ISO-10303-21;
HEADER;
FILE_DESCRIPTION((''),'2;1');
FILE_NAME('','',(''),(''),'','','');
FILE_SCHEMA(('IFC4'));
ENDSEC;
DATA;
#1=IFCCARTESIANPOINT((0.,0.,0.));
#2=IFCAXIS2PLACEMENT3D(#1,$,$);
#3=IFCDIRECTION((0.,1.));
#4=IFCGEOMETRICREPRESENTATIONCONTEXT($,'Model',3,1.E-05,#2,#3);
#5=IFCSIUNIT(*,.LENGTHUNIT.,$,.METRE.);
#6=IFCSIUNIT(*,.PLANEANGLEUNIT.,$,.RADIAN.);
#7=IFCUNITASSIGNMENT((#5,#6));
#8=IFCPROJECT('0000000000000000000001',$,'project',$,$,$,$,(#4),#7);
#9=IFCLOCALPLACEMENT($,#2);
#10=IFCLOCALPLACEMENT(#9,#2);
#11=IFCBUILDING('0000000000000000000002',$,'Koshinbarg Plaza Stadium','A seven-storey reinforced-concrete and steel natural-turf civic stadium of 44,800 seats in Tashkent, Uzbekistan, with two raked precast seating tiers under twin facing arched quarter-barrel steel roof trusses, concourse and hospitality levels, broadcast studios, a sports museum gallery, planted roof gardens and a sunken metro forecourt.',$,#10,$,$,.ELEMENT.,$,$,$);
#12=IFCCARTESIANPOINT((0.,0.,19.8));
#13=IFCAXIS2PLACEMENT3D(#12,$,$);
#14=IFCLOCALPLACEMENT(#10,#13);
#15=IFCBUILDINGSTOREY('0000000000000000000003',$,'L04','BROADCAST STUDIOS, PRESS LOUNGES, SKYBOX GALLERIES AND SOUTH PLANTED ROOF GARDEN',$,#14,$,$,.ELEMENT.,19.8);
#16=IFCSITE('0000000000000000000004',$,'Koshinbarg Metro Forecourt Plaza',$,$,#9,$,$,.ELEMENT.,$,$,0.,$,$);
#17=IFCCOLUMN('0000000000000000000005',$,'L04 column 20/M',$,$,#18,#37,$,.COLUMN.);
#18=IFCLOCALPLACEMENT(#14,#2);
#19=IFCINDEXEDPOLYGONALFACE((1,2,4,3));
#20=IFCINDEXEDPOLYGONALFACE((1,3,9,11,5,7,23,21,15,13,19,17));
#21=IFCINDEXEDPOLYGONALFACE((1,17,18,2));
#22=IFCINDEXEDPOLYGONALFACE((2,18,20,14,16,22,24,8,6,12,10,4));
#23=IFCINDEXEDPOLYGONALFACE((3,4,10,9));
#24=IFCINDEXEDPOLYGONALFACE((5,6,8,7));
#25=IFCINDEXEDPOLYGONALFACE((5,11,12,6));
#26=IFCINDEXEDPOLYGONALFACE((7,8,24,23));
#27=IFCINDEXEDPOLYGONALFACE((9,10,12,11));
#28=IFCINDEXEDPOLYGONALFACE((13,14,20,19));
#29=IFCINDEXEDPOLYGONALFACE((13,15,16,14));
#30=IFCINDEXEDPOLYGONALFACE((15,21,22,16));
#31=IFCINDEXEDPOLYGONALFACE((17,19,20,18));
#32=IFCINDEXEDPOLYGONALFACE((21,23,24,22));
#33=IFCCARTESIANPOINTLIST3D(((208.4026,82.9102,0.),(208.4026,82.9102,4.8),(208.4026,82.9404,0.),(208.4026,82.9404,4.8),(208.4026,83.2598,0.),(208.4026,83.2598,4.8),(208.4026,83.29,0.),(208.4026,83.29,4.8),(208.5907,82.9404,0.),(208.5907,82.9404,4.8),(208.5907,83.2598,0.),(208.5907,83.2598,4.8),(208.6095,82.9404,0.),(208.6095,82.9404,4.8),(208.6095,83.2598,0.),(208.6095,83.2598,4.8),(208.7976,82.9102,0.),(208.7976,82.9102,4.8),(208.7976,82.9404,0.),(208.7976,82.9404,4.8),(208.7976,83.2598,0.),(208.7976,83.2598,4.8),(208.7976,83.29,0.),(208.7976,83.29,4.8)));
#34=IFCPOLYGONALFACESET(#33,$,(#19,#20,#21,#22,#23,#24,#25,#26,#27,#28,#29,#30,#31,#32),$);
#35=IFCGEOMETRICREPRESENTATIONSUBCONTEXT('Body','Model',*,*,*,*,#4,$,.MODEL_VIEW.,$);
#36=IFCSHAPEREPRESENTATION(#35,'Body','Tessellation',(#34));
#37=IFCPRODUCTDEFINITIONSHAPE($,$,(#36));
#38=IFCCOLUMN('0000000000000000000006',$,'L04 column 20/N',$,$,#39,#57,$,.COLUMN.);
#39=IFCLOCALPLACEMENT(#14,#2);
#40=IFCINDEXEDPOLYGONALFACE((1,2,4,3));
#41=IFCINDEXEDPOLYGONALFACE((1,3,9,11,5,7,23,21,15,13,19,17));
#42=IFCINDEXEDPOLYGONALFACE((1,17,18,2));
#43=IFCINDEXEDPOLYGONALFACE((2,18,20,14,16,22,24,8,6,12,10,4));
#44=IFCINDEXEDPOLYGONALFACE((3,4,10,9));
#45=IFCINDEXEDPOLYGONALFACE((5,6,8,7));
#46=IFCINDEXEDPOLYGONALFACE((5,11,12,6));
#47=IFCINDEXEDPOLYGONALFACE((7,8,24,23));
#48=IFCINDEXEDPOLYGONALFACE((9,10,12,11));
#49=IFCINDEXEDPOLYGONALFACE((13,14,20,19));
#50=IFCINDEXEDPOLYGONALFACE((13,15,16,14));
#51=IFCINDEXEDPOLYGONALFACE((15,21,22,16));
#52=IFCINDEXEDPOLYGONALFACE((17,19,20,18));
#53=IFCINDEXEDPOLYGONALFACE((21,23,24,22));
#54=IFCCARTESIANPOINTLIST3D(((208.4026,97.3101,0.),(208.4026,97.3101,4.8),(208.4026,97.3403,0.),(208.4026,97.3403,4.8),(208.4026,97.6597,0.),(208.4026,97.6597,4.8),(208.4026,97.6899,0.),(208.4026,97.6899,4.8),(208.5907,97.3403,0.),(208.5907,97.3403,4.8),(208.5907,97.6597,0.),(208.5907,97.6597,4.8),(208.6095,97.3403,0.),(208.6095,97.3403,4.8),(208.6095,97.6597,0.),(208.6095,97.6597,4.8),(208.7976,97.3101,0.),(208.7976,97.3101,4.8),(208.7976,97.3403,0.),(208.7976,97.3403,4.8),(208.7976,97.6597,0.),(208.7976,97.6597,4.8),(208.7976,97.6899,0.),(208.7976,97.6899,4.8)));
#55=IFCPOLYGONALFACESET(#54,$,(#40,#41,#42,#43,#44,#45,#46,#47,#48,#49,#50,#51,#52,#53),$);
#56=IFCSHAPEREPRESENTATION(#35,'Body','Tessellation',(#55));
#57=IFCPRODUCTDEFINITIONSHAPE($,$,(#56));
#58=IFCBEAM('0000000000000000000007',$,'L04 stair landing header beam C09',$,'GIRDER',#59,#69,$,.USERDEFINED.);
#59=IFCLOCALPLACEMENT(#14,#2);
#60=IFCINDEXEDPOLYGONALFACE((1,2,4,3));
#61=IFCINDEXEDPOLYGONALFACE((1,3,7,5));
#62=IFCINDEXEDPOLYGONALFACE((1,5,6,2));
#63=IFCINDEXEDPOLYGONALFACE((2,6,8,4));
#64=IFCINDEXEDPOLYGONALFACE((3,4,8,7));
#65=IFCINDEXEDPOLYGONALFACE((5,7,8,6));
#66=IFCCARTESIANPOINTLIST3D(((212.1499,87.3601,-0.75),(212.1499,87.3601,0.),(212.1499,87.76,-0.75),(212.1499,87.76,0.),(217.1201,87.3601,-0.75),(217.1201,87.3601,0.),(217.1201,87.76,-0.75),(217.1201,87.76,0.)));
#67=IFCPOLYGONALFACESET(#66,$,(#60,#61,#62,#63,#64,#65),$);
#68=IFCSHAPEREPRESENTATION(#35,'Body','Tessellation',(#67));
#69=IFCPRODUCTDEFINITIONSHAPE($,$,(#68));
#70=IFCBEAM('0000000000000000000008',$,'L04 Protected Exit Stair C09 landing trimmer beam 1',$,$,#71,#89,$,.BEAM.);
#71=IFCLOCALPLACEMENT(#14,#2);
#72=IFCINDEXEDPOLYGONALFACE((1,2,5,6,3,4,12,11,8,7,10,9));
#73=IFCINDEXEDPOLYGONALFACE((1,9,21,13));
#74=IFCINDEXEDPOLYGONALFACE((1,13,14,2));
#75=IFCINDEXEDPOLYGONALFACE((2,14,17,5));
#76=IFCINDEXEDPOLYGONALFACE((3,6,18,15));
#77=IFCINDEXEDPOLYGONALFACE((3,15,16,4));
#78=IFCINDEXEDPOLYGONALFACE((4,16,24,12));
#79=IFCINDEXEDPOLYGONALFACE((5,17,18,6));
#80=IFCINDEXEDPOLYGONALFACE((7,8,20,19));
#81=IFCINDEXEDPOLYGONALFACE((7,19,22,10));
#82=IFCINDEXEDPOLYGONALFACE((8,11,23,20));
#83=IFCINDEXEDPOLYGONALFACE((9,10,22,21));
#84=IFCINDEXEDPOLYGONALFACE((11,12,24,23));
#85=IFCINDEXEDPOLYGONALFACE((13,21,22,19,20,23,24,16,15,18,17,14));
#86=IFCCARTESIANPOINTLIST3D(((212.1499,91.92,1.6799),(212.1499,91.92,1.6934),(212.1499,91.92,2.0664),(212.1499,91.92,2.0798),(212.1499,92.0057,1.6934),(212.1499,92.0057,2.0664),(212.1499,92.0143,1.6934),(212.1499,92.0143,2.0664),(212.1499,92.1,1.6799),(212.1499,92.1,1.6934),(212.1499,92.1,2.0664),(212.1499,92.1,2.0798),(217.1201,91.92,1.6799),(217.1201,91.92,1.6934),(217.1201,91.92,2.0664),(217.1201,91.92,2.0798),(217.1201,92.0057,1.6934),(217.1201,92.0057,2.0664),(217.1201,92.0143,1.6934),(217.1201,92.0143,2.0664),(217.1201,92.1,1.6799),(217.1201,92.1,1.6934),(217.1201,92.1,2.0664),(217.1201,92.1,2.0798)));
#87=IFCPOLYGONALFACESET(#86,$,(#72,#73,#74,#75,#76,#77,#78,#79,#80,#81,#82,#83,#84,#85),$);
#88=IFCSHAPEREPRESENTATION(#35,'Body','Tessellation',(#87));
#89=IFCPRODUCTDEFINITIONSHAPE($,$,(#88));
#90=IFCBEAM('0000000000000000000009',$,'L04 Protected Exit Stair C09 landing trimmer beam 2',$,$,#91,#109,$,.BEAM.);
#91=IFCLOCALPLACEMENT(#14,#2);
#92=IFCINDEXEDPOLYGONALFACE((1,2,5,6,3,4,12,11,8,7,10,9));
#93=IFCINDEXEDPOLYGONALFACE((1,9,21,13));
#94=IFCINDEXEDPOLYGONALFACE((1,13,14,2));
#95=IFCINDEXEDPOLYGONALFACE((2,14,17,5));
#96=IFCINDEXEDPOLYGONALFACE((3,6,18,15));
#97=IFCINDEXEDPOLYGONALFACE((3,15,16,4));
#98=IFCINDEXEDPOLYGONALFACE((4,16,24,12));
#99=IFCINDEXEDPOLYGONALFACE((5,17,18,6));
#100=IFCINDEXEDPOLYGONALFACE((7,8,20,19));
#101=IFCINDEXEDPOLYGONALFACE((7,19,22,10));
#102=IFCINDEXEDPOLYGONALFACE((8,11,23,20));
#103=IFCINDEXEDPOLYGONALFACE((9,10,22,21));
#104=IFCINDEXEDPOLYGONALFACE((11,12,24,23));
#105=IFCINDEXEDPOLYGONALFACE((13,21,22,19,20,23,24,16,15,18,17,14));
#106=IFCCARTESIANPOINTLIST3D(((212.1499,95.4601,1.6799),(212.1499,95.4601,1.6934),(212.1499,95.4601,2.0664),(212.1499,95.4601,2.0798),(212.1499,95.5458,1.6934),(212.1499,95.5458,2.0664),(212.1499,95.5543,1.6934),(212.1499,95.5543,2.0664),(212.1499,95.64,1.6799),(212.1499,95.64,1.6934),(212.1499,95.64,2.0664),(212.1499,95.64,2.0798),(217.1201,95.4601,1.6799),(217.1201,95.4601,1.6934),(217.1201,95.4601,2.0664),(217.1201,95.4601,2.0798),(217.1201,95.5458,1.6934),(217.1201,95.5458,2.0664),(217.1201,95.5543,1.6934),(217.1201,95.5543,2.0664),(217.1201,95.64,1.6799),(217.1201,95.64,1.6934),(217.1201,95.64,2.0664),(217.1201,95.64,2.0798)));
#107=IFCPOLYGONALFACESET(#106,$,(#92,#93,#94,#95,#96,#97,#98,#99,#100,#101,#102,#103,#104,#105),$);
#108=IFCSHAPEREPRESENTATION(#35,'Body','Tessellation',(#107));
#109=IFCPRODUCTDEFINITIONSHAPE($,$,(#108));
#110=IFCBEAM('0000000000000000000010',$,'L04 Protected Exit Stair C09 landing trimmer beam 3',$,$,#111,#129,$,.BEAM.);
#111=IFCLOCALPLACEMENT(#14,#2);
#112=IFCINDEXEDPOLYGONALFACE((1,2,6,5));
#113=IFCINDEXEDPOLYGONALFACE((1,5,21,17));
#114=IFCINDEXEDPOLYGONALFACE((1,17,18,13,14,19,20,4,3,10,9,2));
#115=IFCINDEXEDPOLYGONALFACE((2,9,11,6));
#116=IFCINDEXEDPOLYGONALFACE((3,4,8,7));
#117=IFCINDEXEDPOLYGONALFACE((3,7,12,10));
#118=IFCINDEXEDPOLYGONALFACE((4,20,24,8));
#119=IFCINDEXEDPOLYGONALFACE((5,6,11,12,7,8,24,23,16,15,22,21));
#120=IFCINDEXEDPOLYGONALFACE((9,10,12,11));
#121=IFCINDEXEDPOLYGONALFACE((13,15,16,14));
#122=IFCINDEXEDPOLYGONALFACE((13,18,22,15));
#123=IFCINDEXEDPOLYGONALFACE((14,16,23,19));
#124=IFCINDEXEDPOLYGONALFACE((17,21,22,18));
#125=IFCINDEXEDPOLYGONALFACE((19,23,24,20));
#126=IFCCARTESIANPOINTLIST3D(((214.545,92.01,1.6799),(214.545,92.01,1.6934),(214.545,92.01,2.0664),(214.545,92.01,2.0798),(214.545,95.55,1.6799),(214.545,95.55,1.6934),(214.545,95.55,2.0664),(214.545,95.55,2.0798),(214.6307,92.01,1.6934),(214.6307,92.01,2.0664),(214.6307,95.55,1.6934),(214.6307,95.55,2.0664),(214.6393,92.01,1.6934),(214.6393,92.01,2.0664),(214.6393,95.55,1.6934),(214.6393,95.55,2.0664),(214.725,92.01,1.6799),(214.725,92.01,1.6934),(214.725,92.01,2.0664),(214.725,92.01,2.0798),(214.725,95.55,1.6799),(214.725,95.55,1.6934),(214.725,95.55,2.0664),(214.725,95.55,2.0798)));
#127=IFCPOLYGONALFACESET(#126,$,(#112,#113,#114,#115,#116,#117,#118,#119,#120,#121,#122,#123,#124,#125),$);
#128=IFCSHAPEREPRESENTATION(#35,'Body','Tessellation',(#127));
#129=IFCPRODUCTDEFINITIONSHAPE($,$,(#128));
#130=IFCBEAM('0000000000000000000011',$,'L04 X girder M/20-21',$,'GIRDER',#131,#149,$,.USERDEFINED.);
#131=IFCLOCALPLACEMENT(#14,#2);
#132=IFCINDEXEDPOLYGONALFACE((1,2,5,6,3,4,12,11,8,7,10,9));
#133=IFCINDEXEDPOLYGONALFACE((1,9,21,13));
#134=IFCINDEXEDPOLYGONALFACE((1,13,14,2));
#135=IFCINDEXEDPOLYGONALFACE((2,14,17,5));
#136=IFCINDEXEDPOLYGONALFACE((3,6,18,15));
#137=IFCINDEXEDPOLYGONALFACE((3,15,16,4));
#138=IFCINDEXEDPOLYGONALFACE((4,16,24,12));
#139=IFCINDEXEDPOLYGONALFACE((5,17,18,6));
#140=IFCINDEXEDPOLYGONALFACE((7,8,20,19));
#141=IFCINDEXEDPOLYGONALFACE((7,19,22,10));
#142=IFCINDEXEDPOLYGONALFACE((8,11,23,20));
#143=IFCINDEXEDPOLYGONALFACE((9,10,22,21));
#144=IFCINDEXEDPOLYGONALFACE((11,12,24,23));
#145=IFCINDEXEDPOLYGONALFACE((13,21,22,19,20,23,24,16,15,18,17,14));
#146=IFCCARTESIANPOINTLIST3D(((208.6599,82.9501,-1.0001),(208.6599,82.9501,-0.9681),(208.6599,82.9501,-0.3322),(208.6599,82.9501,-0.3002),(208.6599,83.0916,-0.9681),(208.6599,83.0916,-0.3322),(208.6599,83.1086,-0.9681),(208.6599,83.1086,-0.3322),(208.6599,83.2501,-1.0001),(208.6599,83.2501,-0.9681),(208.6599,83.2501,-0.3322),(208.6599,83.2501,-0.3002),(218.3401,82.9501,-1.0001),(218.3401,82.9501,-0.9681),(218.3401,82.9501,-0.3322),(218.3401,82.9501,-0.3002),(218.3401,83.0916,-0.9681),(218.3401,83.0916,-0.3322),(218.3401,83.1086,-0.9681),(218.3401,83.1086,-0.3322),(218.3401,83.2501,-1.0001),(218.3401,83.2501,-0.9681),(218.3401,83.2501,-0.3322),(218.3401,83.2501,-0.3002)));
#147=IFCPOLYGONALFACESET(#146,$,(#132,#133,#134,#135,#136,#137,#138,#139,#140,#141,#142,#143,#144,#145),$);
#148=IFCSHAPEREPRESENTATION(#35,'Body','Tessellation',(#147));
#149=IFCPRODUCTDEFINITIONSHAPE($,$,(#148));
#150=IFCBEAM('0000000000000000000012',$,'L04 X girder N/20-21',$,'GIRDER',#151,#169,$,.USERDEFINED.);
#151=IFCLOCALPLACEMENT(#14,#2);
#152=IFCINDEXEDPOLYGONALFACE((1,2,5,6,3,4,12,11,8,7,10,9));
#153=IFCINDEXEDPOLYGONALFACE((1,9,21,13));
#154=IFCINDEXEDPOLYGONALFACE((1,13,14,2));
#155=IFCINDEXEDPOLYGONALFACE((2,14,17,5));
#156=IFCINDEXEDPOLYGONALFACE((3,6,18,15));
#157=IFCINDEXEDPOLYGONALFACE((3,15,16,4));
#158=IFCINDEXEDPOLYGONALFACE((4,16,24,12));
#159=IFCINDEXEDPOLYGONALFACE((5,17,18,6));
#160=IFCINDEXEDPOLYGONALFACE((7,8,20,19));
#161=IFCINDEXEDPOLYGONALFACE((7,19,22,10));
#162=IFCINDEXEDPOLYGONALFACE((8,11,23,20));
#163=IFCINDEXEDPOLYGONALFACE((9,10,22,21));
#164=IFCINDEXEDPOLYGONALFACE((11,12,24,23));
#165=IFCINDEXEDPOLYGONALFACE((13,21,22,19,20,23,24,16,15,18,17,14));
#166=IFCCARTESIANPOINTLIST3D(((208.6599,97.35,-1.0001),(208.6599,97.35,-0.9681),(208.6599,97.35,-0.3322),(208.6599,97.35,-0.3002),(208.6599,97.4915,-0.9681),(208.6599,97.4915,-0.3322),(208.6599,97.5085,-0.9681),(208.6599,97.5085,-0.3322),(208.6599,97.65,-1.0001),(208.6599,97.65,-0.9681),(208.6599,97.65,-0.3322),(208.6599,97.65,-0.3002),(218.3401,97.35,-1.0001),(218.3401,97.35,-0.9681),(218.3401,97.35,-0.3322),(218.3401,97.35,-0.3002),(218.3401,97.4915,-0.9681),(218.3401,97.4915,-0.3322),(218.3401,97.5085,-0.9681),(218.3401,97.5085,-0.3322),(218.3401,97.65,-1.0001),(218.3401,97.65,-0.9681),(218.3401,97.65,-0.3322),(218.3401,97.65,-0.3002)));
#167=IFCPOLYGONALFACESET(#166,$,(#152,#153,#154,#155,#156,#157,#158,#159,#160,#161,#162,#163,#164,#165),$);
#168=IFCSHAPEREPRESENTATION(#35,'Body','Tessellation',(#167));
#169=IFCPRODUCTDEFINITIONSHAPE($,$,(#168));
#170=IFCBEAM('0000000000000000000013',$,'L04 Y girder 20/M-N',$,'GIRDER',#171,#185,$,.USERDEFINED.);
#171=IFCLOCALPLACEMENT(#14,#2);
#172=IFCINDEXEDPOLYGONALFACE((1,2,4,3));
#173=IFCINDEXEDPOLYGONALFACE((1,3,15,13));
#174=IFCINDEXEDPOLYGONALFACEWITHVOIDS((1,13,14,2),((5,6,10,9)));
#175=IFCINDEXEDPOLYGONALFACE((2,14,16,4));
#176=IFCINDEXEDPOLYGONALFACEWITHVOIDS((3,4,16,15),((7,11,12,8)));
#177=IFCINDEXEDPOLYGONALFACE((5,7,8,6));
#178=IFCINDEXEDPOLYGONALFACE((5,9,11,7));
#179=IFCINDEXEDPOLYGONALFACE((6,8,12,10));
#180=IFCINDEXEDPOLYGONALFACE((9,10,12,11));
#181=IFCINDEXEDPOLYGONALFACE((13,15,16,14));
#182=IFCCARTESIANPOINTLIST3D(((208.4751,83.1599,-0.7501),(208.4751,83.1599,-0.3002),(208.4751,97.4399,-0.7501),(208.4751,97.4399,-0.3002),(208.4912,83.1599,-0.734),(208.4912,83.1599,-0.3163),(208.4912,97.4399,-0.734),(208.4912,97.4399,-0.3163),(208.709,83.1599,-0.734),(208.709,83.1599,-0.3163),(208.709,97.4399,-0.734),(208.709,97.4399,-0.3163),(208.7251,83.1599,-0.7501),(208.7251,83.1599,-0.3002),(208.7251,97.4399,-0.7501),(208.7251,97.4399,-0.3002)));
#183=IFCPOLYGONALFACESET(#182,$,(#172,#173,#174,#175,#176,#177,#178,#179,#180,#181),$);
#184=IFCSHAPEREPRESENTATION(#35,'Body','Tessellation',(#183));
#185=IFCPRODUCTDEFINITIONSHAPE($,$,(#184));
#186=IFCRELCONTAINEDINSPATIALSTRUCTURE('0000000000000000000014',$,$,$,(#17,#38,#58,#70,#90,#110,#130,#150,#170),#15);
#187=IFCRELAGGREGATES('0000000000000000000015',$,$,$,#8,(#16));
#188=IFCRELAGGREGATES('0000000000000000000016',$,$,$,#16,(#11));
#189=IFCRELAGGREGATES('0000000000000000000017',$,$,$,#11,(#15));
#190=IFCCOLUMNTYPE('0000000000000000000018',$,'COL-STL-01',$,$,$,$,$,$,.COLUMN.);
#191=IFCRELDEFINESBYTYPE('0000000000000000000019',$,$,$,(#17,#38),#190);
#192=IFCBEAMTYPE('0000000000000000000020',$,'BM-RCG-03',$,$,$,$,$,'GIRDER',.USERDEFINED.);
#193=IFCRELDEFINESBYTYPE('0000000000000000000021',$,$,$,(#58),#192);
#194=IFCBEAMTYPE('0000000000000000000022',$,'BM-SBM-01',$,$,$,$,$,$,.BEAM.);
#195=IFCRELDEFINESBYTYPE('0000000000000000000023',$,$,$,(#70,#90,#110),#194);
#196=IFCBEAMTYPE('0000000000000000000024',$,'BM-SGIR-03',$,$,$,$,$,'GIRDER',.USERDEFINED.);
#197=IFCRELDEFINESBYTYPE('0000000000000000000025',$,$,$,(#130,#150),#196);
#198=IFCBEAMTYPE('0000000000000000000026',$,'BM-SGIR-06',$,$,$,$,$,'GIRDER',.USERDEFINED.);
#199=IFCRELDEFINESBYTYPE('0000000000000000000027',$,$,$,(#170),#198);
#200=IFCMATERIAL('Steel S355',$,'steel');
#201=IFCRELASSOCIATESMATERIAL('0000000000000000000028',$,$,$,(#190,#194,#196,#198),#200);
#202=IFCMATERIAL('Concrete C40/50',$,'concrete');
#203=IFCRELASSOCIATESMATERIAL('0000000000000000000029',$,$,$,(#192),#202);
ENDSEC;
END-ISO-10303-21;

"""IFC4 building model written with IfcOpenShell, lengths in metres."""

from ifc_helpers import new_model, si_unit, direction, frame, origin, origin_2d, place, context, subcontext, project, spatial, rectangle, hollow_rectangle, i_section, extrude, material, material_profile, profile_set, type_object, element, save


model = new_model("IFC4")

# Units and contexts
model_context = context("Model", 3, precision=1e-05, world=origin(), true_north=direction((0.0, 1.0)))
body_context = subcontext(model_context, "Body", "Model", "MODEL_VIEW")
ifc_project = project(units=[si_unit("LENGTHUNIT", "METRE"), si_unit("PLANEANGLEUNIT", "RADIAN")], contexts=[model_context])

# Site, building, storey
site_placement = place(None, origin())
site = spatial("IfcSite", under=ifc_project, at=site_placement, Name="Koshinbarg Metro Forecourt Plaza", CompositionType="ELEMENT", RefElevation=0.0)
building_placement = place(site_placement, origin())
building = spatial("IfcBuilding", under=site, at=building_placement, Name="Koshinbarg Plaza Stadium", Description="A seven-storey reinforced-concrete and steel natural-turf civic stadium of 44,800 seats in Tashkent, Uzbekistan, with two raked precast seating tiers under twin facing arched quarter-barrel steel roof trusses, concourse and hospitality levels, broadcast studios, a sports museum gallery, planted roof gardens and a sunken metro forecourt.", CompositionType="ELEMENT")
storey_placement = place(building_placement, frame((0.0, 0.0, 19.8)))
storey = spatial("IfcBuildingStorey", under=building, at=storey_placement, Name="L04", Description="BROADCAST STUDIOS, PRESS LOUNGES, SKYBOX GALLERIES AND SOUTH PLANTED ROOF GARDEN", CompositionType="ELEMENT", Elevation=19.8)

# Columns
ifc_material_1 = material(Name="Steel S355", Category="steel")
ifc_material_profile_1 = material_profile(ifc_material_1, i_section(OverallWidth=0.395, OverallDepth=0.3799, WebThickness=0.0188, FlangeThickness=0.0303, at=origin_2d()), Name="HD 400x237")
ifc_profile_set_1 = profile_set([ifc_material_profile_1], Name="Steel S355")
column_type = type_object("IfcColumnType", Name="COL-STL-01", PredefinedType="COLUMN", material=ifc_profile_set_1)
for number, where, z_axis, x_axis, name in (
    (1, (208.6001, 83.1001, 0.0), (0.0, 0.0, 1.0), (1.0, 0.0, 0.0), "L04 column 20/M"),
    (2, (208.6001, 97.5, 0.0), (0.0, 0.0, 1.0), (1.0, 0.0, 0.0), "L04 column 20/N"),
):
    element("IfcColumn", number, at=place(storey_placement, frame(where, z_axis=z_axis, x_axis=x_axis)), inside=storey, type_object=column_type, Name=name, PredefinedType="COLUMN", context=body_context, shape_type="SweptSolid", body=[
        extrude(i_section(OverallWidth=0.395, OverallDepth=0.3799, WebThickness=0.0188, FlangeThickness=0.0303, at=origin_2d()), origin(), (0.0, 0.0, 1.0), 4.8),
    ])

# Beams
ifc_material_2 = material(Name="Concrete C40/50", Category="concrete")
ifc_material_profile_2 = material_profile(ifc_material_2, rectangle(XDim=0.3999, YDim=0.75, at=origin_2d()), Name="RC 400x750")
ifc_profile_set_2 = profile_set([ifc_material_profile_2], Name="Concrete C40/50")
beam_type_1 = type_object("IfcBeamType", Name="BM-RCG-03", ElementType="GIRDER", PredefinedType="USERDEFINED", material=ifc_profile_set_2)
beam_1_placement = place(storey_placement, frame((212.1499, 87.5601, -0.375), z_axis=(1.0, 0.0, 0.0), x_axis=(0.0, 1.0, 0.0)))
element("IfcBeam", 3, at=beam_1_placement, inside=storey, type_object=beam_type_1, Name="L04 stair landing header beam C09", ObjectType="GIRDER", PredefinedType="USERDEFINED", context=body_context, shape_type="SweptSolid", body=[
    extrude(rectangle(XDim=0.3999, YDim=0.75, at=origin_2d()), origin(), (0.0, 0.0, 1.0), 4.9702),
])
ifc_material_profile_3 = material_profile(ifc_material_1, i_section(OverallWidth=0.1799, OverallDepth=0.3999, WebThickness=0.0085, FlangeThickness=0.0134, at=origin_2d()), Name="IPE 400")
ifc_profile_set_3 = profile_set([ifc_material_profile_3], Name="Steel S355")
beam_type_2 = type_object("IfcBeamType", Name="BM-SBM-01", PredefinedType="BEAM", material=ifc_profile_set_3)
for number, where, z_axis, x_axis, name in (
    (4, (212.1499, 92.01, 1.8799), (1.0, 0.0, 0.0), (0.0, 1.0, 0.0), "L04 Protected Exit Stair C09 landing trimmer beam 1"),
    (5, (212.1499, 95.55, 1.8799), (1.0, 0.0, 0.0), (0.0, 1.0, 0.0), "L04 Protected Exit Stair C09 landing trimmer beam 2"),
):
    element("IfcBeam", number, at=place(storey_placement, frame(where, z_axis=z_axis, x_axis=x_axis)), inside=storey, type_object=beam_type_2, Name=name, PredefinedType="BEAM", context=body_context, shape_type="SweptSolid", body=[
        extrude(i_section(OverallWidth=0.1799, OverallDepth=0.3999, WebThickness=0.0085, FlangeThickness=0.0134, at=origin_2d()), origin(), (0.0, 0.0, 1.0), 4.9702),
    ])
beam_2_placement = place(storey_placement, frame((214.635, 92.01, 1.8799), z_axis=(0.0, 1.0, 0.0), x_axis=(-1.0, 0.0, 0.0)))
element("IfcBeam", 6, at=beam_2_placement, inside=storey, type_object=beam_type_2, Name="L04 Protected Exit Stair C09 landing trimmer beam 3", PredefinedType="BEAM", context=body_context, shape_type="SweptSolid", body=[
    extrude(i_section(OverallWidth=0.1799, OverallDepth=0.3999, WebThickness=0.0085, FlangeThickness=0.0134, at=origin_2d()), origin(), (0.0, 0.0, 1.0), 3.54),
])
ifc_material_profile_4 = material_profile(ifc_material_1, i_section(OverallWidth=0.3, OverallDepth=0.7, WebThickness=0.0171, FlangeThickness=0.032, at=origin_2d()), Name="HEB 700")
ifc_profile_set_4 = profile_set([ifc_material_profile_4], Name="Steel S355")
beam_type_3 = type_object("IfcBeamType", Name="BM-SGIR-03", ElementType="GIRDER", PredefinedType="USERDEFINED", material=ifc_profile_set_4)
for number, where, z_axis, x_axis, name in (
    (7, (208.6599, 83.1001, -0.6501), (1.0, 0.0, 0.0), (0.0, 1.0, 0.0), "L04 X girder M/20-21"),
    (8, (208.6599, 97.5, -0.6501), (1.0, 0.0, 0.0), (0.0, 1.0, 0.0), "L04 X girder N/20-21"),
):
    element("IfcBeam", number, at=place(storey_placement, frame(where, z_axis=z_axis, x_axis=x_axis)), inside=storey, type_object=beam_type_3, Name=name, ObjectType="GIRDER", PredefinedType="USERDEFINED", context=body_context, shape_type="SweptSolid", body=[
        extrude(i_section(OverallWidth=0.3, OverallDepth=0.7, WebThickness=0.0171, FlangeThickness=0.032, at=origin_2d()), origin(), (0.0, 0.0, 1.0), 9.6802),
    ])
ifc_material_profile_5 = material_profile(ifc_material_1, hollow_rectangle(XDim=0.25, YDim=0.45, WallThickness=0.0161, at=origin_2d()), Name="RHS 450x250x16")
ifc_profile_set_5 = profile_set([ifc_material_profile_5], Name="Steel S355")
beam_type_4 = type_object("IfcBeamType", Name="BM-SGIR-06", ElementType="GIRDER", PredefinedType="USERDEFINED", material=ifc_profile_set_5)
beam_3_placement = place(storey_placement, frame((208.6001, 83.1599, -0.5251), z_axis=(0.0, 1.0, 0.0), x_axis=(-1.0, 0.0, 0.0)))
element("IfcBeam", 9, at=beam_3_placement, inside=storey, type_object=beam_type_4, Name="L04 Y girder 20/M-N", ObjectType="GIRDER", PredefinedType="USERDEFINED", context=body_context, shape_type="SweptSolid", body=[
    extrude(hollow_rectangle(XDim=0.25, YDim=0.45, WallThickness=0.0161, at=origin_2d()), origin(), (0.0, 0.0, 1.0), 14.28),
])

save(model, "model.ifc")
